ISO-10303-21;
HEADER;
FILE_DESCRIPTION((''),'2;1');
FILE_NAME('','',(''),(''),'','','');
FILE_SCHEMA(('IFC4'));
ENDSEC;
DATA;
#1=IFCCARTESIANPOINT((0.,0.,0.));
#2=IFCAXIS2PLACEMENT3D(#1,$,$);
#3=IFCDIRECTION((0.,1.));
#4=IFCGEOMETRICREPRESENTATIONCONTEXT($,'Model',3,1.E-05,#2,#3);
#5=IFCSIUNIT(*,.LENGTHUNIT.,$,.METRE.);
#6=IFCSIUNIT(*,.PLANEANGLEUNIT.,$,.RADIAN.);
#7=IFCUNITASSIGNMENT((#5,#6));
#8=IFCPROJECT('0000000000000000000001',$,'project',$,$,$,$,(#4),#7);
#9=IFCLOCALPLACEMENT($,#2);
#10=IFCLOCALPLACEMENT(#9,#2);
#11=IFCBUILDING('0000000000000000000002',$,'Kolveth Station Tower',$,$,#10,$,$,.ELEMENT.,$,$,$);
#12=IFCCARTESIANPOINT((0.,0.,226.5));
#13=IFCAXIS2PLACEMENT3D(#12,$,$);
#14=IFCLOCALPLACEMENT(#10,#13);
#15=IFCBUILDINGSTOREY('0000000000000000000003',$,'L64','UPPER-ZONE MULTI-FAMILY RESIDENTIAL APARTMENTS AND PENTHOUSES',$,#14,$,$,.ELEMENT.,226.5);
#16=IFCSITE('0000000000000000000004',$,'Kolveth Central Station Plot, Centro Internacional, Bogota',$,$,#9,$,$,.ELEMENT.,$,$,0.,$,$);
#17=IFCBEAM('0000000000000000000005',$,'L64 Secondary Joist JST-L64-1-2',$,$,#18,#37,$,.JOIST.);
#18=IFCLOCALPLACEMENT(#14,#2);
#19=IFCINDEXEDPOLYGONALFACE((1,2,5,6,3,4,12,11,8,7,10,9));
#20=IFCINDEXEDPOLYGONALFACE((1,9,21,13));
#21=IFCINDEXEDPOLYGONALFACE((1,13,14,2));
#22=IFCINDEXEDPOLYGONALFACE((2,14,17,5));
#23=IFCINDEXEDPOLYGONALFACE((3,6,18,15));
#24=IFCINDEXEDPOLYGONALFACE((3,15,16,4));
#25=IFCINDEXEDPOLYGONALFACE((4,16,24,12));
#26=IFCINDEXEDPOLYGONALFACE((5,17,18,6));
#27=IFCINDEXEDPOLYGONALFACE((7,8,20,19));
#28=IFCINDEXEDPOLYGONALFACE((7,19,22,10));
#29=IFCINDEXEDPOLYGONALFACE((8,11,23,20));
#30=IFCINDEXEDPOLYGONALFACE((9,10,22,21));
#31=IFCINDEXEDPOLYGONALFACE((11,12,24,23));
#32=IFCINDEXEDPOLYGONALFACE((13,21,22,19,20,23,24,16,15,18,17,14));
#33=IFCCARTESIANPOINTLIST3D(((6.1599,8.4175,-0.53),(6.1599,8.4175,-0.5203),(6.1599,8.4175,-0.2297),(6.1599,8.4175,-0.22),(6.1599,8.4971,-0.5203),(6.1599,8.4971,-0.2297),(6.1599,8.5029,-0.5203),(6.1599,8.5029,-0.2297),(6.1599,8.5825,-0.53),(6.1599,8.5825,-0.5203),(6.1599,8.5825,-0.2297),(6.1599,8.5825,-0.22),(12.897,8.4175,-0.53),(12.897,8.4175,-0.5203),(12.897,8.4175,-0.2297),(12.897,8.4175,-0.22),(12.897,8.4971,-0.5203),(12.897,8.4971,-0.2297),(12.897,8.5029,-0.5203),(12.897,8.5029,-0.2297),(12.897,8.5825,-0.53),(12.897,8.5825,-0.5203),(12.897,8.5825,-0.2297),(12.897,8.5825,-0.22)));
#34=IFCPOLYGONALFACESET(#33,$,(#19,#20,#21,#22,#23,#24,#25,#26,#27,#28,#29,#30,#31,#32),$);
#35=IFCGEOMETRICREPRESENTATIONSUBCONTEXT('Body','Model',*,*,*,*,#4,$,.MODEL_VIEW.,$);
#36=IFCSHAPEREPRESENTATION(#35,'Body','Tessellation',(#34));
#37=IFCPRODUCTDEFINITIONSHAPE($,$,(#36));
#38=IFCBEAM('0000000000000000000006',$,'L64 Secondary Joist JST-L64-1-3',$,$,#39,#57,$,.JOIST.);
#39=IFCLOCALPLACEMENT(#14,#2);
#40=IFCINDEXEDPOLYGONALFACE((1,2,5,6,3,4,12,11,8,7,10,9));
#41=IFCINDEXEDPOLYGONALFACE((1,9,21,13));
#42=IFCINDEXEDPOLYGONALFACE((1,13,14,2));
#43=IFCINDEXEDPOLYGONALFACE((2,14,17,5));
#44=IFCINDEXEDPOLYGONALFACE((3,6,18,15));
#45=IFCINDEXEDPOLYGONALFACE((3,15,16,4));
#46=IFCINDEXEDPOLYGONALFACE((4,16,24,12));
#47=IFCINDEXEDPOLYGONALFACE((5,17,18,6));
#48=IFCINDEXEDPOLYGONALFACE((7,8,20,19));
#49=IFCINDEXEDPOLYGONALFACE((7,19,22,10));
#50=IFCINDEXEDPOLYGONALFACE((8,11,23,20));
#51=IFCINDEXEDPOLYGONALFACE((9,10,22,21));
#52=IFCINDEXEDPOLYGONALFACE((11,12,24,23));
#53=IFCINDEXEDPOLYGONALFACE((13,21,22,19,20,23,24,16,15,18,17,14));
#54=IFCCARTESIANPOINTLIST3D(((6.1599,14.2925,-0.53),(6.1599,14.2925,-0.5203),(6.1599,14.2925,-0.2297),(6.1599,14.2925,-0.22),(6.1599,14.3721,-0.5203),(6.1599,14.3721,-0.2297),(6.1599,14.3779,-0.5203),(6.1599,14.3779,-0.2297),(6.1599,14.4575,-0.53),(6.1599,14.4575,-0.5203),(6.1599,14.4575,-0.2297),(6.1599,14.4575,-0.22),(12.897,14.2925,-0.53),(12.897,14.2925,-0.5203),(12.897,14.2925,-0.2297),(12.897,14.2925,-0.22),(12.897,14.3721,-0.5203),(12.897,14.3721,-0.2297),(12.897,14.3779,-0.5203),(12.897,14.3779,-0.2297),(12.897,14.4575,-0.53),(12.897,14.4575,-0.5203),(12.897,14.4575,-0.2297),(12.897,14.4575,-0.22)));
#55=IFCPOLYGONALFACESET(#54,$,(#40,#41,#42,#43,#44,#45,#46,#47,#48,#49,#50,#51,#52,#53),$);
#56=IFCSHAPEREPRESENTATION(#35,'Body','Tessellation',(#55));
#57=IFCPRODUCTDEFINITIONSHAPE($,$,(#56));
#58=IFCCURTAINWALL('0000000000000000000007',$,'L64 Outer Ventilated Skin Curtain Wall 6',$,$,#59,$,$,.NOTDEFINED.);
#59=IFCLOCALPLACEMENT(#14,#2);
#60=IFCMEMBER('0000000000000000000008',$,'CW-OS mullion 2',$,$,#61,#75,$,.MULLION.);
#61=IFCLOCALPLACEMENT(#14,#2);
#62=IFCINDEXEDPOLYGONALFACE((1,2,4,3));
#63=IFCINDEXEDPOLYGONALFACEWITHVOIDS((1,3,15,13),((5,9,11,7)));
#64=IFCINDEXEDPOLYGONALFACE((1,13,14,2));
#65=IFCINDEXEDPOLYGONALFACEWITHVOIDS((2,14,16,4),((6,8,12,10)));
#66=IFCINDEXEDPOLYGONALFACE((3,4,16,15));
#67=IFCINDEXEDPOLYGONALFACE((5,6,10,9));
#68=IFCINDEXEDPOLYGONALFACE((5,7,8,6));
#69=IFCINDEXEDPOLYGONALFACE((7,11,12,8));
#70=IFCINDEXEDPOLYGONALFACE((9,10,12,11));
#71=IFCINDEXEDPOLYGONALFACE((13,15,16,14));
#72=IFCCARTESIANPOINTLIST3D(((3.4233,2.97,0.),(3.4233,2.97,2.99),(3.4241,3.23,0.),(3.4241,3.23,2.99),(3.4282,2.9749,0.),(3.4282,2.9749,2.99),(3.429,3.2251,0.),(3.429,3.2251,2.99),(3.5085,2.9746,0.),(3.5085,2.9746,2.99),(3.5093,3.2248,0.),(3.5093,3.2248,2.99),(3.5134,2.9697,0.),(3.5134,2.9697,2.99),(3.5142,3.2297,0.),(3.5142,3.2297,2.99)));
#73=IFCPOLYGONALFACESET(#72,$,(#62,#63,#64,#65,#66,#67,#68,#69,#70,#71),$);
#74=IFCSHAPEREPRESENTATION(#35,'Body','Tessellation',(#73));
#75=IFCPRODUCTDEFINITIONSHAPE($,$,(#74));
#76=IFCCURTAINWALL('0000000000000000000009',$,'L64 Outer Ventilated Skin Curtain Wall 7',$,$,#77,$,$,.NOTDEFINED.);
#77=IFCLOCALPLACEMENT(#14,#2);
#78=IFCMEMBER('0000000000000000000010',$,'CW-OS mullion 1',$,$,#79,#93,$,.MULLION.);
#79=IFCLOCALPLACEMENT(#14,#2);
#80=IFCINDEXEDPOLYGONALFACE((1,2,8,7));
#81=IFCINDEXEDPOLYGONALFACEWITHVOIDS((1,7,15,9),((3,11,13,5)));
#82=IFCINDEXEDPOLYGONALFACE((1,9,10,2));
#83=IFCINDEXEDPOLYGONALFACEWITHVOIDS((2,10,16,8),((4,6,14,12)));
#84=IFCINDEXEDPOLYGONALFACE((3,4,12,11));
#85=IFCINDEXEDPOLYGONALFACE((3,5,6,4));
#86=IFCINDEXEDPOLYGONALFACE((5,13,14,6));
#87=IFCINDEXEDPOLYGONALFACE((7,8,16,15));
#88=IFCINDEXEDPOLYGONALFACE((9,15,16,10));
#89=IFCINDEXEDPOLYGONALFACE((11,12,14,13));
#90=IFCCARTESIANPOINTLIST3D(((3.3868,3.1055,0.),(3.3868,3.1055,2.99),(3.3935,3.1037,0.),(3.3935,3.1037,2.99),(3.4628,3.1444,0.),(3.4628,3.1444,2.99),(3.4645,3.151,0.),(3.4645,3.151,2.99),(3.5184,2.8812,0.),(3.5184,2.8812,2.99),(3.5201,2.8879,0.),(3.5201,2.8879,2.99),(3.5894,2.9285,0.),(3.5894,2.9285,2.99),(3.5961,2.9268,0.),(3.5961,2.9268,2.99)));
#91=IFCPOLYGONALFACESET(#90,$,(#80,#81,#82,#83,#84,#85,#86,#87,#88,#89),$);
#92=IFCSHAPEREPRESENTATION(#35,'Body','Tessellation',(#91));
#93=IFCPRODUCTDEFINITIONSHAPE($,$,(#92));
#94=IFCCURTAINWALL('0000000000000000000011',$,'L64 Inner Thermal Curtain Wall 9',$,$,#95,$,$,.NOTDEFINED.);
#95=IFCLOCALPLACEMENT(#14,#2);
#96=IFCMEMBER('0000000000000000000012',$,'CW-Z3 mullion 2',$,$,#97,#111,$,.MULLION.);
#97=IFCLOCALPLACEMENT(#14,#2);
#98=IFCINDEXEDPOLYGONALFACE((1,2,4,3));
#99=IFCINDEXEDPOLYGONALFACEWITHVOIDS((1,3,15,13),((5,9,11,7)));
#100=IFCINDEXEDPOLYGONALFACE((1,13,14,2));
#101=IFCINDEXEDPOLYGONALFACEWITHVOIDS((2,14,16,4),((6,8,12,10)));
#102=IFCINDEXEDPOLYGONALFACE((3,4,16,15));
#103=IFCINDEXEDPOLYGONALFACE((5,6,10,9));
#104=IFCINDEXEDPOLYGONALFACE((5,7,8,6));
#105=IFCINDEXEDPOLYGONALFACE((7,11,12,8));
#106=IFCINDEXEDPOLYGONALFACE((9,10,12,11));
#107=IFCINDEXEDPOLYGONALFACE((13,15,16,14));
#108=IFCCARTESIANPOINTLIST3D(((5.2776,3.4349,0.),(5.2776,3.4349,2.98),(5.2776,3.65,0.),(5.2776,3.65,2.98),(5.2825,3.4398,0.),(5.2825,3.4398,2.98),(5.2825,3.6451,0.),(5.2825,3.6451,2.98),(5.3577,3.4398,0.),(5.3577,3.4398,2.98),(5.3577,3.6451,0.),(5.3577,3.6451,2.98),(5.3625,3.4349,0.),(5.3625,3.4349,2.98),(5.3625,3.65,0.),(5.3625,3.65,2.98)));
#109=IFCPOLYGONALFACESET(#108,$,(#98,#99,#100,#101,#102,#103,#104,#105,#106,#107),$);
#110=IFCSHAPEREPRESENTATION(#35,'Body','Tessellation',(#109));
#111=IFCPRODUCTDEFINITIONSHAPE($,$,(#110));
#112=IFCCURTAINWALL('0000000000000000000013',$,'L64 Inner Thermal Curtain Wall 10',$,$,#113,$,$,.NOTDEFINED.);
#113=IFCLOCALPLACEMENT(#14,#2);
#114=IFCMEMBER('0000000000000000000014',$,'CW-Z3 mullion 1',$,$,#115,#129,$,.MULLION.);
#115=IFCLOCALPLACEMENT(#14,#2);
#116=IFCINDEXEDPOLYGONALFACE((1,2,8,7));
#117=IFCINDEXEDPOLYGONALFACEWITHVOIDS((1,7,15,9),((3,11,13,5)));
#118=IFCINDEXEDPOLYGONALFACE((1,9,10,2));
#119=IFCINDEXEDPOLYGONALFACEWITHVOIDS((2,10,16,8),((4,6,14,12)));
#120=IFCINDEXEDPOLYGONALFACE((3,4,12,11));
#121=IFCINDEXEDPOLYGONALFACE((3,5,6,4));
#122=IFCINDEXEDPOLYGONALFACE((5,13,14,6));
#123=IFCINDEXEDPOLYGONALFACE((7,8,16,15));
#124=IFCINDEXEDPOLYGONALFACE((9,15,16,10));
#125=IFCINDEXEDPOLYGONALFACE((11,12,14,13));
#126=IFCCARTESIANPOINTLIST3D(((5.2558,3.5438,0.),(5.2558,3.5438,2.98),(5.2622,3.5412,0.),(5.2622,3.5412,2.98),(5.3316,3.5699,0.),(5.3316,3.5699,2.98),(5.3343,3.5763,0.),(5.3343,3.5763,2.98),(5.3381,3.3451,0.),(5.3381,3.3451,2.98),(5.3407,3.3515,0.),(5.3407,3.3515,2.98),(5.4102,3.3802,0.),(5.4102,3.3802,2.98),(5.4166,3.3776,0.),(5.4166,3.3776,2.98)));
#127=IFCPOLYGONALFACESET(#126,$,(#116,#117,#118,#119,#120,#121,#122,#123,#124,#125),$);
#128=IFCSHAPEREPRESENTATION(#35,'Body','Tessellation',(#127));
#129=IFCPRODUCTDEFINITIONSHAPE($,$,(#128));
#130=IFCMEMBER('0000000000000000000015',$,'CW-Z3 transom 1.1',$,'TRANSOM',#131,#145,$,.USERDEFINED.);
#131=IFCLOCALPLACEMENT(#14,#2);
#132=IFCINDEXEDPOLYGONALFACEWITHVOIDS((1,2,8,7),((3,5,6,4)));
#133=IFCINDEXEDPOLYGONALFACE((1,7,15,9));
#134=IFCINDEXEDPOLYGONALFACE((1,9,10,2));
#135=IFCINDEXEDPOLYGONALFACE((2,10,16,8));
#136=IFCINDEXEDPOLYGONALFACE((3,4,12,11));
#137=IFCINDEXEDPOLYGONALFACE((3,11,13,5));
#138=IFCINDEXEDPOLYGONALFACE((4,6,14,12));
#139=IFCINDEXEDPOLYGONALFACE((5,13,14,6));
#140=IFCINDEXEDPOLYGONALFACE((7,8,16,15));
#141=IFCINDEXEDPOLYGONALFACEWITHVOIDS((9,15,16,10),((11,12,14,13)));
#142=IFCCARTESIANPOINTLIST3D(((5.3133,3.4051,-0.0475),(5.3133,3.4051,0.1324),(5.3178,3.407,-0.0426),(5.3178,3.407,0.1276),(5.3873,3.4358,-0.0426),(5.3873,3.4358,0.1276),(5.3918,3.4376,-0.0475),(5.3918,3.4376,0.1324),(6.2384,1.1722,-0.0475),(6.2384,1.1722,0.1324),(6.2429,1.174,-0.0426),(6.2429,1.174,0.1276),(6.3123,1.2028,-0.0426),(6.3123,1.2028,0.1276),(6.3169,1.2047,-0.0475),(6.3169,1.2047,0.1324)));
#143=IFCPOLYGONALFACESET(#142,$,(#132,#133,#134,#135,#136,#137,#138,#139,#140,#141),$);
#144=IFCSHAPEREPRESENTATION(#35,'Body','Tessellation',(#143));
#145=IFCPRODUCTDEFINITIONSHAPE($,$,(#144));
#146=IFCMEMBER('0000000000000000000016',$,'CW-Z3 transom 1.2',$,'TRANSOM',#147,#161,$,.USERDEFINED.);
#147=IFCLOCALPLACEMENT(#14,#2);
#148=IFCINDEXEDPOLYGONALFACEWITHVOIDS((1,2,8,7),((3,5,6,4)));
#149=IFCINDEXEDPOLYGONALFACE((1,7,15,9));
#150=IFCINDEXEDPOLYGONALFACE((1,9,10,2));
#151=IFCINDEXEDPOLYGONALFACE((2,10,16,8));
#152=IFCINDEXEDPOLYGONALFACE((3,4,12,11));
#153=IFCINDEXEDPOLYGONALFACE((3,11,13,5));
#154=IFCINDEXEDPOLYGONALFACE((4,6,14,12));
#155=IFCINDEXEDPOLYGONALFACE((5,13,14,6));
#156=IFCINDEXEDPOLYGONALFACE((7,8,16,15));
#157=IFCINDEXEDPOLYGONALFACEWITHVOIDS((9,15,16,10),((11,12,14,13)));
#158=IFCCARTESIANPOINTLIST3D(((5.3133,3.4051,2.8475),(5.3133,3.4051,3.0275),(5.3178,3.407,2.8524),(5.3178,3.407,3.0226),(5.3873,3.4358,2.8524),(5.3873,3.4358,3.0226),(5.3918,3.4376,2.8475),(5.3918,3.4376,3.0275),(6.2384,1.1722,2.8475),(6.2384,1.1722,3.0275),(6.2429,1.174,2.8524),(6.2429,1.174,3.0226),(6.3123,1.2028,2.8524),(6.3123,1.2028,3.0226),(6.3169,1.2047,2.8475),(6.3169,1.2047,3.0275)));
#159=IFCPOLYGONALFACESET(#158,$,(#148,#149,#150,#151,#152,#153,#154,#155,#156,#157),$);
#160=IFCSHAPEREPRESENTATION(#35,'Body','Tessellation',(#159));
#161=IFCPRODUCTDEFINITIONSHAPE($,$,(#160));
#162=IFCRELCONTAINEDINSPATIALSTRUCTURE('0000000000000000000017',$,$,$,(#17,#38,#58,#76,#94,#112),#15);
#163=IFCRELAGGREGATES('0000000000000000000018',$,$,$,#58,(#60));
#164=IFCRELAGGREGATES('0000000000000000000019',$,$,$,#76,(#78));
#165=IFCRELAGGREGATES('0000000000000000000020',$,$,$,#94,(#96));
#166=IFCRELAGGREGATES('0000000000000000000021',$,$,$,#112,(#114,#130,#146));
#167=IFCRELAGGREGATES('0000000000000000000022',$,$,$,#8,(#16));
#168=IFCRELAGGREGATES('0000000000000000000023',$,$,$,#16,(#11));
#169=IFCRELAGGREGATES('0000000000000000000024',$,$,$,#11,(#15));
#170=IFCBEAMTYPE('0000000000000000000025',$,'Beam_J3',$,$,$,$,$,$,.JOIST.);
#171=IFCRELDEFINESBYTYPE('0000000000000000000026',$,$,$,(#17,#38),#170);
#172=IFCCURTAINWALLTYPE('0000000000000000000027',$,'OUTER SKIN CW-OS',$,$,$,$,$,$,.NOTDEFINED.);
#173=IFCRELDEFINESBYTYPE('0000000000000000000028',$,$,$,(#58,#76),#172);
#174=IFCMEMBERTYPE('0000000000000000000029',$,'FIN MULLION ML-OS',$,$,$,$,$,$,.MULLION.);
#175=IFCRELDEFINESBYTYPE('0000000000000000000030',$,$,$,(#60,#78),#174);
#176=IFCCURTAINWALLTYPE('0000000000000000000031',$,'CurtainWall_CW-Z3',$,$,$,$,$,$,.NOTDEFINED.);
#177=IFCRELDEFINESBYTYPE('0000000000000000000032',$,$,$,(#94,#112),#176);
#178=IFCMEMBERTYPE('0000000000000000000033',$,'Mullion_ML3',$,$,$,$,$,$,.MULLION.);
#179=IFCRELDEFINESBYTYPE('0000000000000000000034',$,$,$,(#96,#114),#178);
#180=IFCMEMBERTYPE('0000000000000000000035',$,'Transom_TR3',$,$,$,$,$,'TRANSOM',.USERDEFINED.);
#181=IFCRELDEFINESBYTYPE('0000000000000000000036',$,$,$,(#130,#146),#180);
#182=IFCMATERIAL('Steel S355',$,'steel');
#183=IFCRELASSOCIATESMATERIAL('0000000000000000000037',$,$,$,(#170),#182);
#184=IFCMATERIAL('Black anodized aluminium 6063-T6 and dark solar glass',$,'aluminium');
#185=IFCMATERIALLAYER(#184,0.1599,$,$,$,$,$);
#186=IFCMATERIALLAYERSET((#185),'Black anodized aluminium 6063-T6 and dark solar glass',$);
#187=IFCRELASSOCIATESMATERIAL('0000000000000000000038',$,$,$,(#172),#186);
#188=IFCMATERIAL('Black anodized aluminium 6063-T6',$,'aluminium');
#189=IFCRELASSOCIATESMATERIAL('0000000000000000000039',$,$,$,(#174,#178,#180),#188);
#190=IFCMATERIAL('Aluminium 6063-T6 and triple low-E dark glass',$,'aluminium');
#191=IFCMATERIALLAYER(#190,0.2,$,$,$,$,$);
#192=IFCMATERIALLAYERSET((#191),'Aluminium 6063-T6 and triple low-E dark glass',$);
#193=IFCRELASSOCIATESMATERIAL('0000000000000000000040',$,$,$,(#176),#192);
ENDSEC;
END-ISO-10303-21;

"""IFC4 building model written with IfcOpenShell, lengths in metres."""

from ifc_helpers import new_model, si_unit, direction, frame, origin, origin_2d, place, context, subcontext, project, spatial, hollow_rectangle, i_section, extrude, source, transform, mapped, material, layer, layer_set, material_profile, profile_set, type_object, element, aggregate, save


model = new_model("IFC4")

# Units and contexts
model_context = context("Model", 3, precision=1e-05, world=origin(), true_north=direction((0.0, 1.0)))
body_context = subcontext(model_context, "Body", "Model", "MODEL_VIEW")
ifc_project = project(units=[si_unit("LENGTHUNIT", "METRE"), si_unit("PLANEANGLEUNIT", "RADIAN")], contexts=[model_context])

# Site, building, storey
site_placement = place(None, origin())
site = spatial("IfcSite", under=ifc_project, at=site_placement, Name="Kolveth Central Station Plot, Centro Internacional, Bogota", CompositionType="ELEMENT", RefElevation=0.0)
building_placement = place(site_placement, origin())
building = spatial("IfcBuilding", under=site, at=building_placement, Name="Kolveth Station Tower", CompositionType="ELEMENT")
storey_placement = place(building_placement, frame((0.0, 0.0, 226.5)))
storey = spatial("IfcBuildingStorey", under=building, at=storey_placement, Name="L64", Description="UPPER-ZONE MULTI-FAMILY RESIDENTIAL APARTMENTS AND PENTHOUSES", CompositionType="ELEMENT", Elevation=226.5)

# Shared definitions
ifc_material_1 = material(Name="Steel S355", Category="steel")

# Beams
ifc_material_profile_1 = material_profile(ifc_material_1, i_section(OverallWidth=0.165, OverallDepth=0.3101, WebThickness=0.0059, FlangeThickness=0.0098, at=origin_2d()), Name="W310x39")
ifc_profile_set_1 = profile_set([ifc_material_profile_1], Name="Steel S355")
beam_type_1 = type_object("IfcBeamType", Name="Beam_J3", PredefinedType="JOIST", material=ifc_profile_set_1)
shared_shape_1 = source(origin(), body_context, "Body", "SweptSolid", [
    extrude(i_section(OverallWidth=0.165, OverallDepth=0.3101, WebThickness=0.0059, FlangeThickness=0.0098, at=origin_2d()), origin(), (0.0, 0.0, 1.0), 6.7371),
])
for number, where, z_axis, x_axis, name in (
    (1, (6.1599, 8.5, -0.375), (1.0, 0.0, 0.0), (0.0, 1.0, 0.0), "L64 Secondary Joist JST-L64-1-2"),
    (2, (6.1599, 14.375, -0.375), (1.0, 0.0, 0.0), (0.0, 1.0, 0.0), "L64 Secondary Joist JST-L64-1-3"),
):
    element("IfcBeam", number, at=place(storey_placement, frame(where, z_axis=z_axis, x_axis=x_axis)), inside=storey, type_object=beam_type_1, Name=name, PredefinedType="JOIST", context=body_context, shape_type="MappedRepresentation", body=[
        mapped(shared_shape_1, transform((0.0, 0.0, 0.0), x_axis=(1.0, 0.0, 0.0), y_axis=(0.0, 1.0, 0.0), z_axis=(0.0, 0.0, 1.0), scale=1.0)),
    ])

# Curtain walls, members
ifc_material_2 = material(Name="Black anodized aluminium 6063-T6 and dark solar glass", Category="aluminium")
ifc_layer_1 = layer(ifc_material_2, 0.1599)
ifc_layer_set_1 = layer_set([ifc_layer_1], Name="Black anodized aluminium 6063-T6 and dark solar glass")
curtain_wall_type_1 = type_object("IfcCurtainWallType", Name="OUTER SKIN CW-OS", PredefinedType="NOTDEFINED", material=ifc_layer_set_1)
curtain_wall_1_placement = place(storey_placement, origin())
curtain_wall_1 = element("IfcCurtainWall", 3, at=curtain_wall_1_placement, inside=storey, type_object=curtain_wall_type_1, Name="L64 Outer Ventilated Skin Curtain Wall 6", PredefinedType="NOTDEFINED")
ifc_material_3 = material(Name="Black anodized aluminium 6063-T6", Category="aluminium")
ifc_material_profile_2 = material_profile(ifc_material_3, hollow_rectangle(XDim=0.0901, YDim=0.26, WallThickness=0.0049, at=origin_2d()), Name="ALU-90x260x5")
ifc_profile_set_2 = profile_set([ifc_material_profile_2], Name="Black anodized aluminium 6063-T6")
member_type_1 = type_object("IfcMemberType", Name="FIN MULLION ML-OS", PredefinedType="MULLION", material=ifc_profile_set_2)
shared_shape_2 = source(origin(), body_context, "Body", "SweptSolid", [
    extrude(hollow_rectangle(XDim=0.0901, YDim=0.26, WallThickness=0.0049, at=origin_2d()), origin(), (0.0, 0.0, 1.0), 2.99),
])
member_1_placement = place(storey_placement, frame((3.4688, 3.0999, 0.0), z_axis=(0.0, 0.0, 1.0), x_axis=(0.999995, -0.003135, 0.0)))
member_1 = element("IfcMember", 4, at=member_1_placement, type_object=member_type_1, Name="CW-OS mullion 2", PredefinedType="MULLION", context=body_context, shape_type="MappedRepresentation", body=[
    mapped(shared_shape_2, transform((0.0, 0.0, 0.0), x_axis=(1.0, 0.0, 0.0), y_axis=(0.0, 1.0, 0.0), z_axis=(0.0, 0.0, 1.0), scale=1.0)),
])
aggregate(curtain_wall_1, [member_1])
curtain_wall_2_placement = place(storey_placement, origin())
curtain_wall_2 = element("IfcCurtainWall", 5, at=curtain_wall_2_placement, inside=storey, type_object=curtain_wall_type_1, Name="L64 Outer Ventilated Skin Curtain Wall 7", PredefinedType="NOTDEFINED")
member_2_placement = place(storey_placement, frame((3.4915, 3.0161, 0.0), z_axis=(0.0, 0.0, 1.0), x_axis=(0.862562, 0.505952, 0.0)))
member_2 = element("IfcMember", 6, at=member_2_placement, type_object=member_type_1, Name="CW-OS mullion 1", PredefinedType="MULLION", context=body_context, shape_type="MappedRepresentation", body=[
    mapped(shared_shape_2, transform((0.0, 0.0, 0.0), x_axis=(1.0, 0.0, 0.0), y_axis=(0.0, 1.0, 0.0), z_axis=(0.0, 0.0, 1.0), scale=1.0)),
])
aggregate(curtain_wall_2, [member_2])
ifc_material_4 = material(Name="Aluminium 6063-T6 and triple low-E dark glass", Category="aluminium")
ifc_layer_2 = layer(ifc_material_4, 0.2)
ifc_layer_set_2 = layer_set([ifc_layer_2], Name="Aluminium 6063-T6 and triple low-E dark glass")
curtain_wall_type_2 = type_object("IfcCurtainWallType", Name="CurtainWall_CW-Z3", PredefinedType="NOTDEFINED", material=ifc_layer_set_2)
curtain_wall_3_placement = place(storey_placement, origin())
curtain_wall_3 = element("IfcCurtainWall", 7, at=curtain_wall_3_placement, inside=storey, type_object=curtain_wall_type_2, Name="L64 Inner Thermal Curtain Wall 9", PredefinedType="NOTDEFINED")
ifc_material_profile_3 = material_profile(ifc_material_3, hollow_rectangle(XDim=0.085, YDim=0.2151, WallThickness=0.0049, at=origin_2d()), Name="ALU-85x215x5")
ifc_profile_set_3 = profile_set([ifc_material_profile_3], Name="Black anodized aluminium 6063-T6")
member_type_2 = type_object("IfcMemberType", Name="Mullion_ML3", PredefinedType="MULLION", material=ifc_profile_set_3)
shared_shape_3 = source(origin(), body_context, "Body", "SweptSolid", [
    extrude(hollow_rectangle(XDim=0.085, YDim=0.2151, WallThickness=0.0049, at=origin_2d()), origin(), (0.0, 0.0, 1.0), 2.98),
])
member_3_placement = place(storey_placement, frame((5.3201, 3.5425, 0.0), z_axis=(0.0, 0.0, 1.0), x_axis=(1.0, 0.0, 0.0)))
member_3 = element("IfcMember", 8, at=member_3_placement, type_object=member_type_2, Name="CW-Z3 mullion 2", PredefinedType="MULLION", context=body_context, shape_type="MappedRepresentation", body=[
    mapped(shared_shape_3, transform((0.0, 0.0, 0.0), x_axis=(1.0, 0.0, 0.0), y_axis=(0.0, 1.0, 0.0), z_axis=(0.0, 0.0, 1.0), scale=1.0)),
])
aggregate(curtain_wall_3, [member_3])

# Curtain wall, members
curtain_wall_4_placement = place(storey_placement, origin())
curtain_wall_4 = element("IfcCurtainWall", 9, at=curtain_wall_4_placement, inside=storey, type_object=curtain_wall_type_2, Name="L64 Inner Thermal Curtain Wall 10", PredefinedType="NOTDEFINED")
member_4_placement = place(storey_placement, frame((5.3362, 3.4607, 0.0), z_axis=(0.0, 0.0, 1.0), x_axis=(0.923875, 0.382693, 0.0)))
member_4 = element("IfcMember", 10, at=member_4_placement, type_object=member_type_2, Name="CW-Z3 mullion 1", PredefinedType="MULLION", context=body_context, shape_type="MappedRepresentation", body=[
    mapped(shared_shape_3, transform((0.0, 0.0, 0.0), x_axis=(1.0, 0.0, 0.0), y_axis=(0.0, 1.0, 0.0), z_axis=(0.0, 0.0, 1.0), scale=1.0)),
])
ifc_material_profile_4 = material_profile(ifc_material_3, hollow_rectangle(XDim=0.085, YDim=0.1799, WallThickness=0.0049, at=origin_2d()), Name="ALU-85x180x5")
ifc_profile_set_4 = profile_set([ifc_material_profile_4], Name="Black anodized aluminium 6063-T6")
member_type_3 = type_object("IfcMemberType", Name="Transom_TR3", ElementType="TRANSOM", PredefinedType="USERDEFINED", material=ifc_profile_set_4)
shared_shape_4 = source(origin(), body_context, "Body", "SweptSolid", [
    extrude(hollow_rectangle(XDim=0.085, YDim=0.1799, WallThickness=0.0049, at=origin_2d()), origin(), (0.0, 0.0, 1.0), 2.417),
])
member_5_placement = place(storey_placement, frame((5.3525, 3.4214, 0.0425), z_axis=(0.382735, -0.923858, 0.0), x_axis=(0.923858, 0.382735, 0.0)))
member_5 = element("IfcMember", 11, at=member_5_placement, type_object=member_type_3, Name="CW-Z3 transom 1.1", ObjectType="TRANSOM", PredefinedType="USERDEFINED", context=body_context, shape_type="MappedRepresentation", body=[
    mapped(shared_shape_4, transform((0.0, 0.0, 0.0), x_axis=(1.0, 0.0, 0.0), y_axis=(0.0, 1.0, 0.0), z_axis=(0.0, 0.0, 1.0), scale=1.0)),
])
member_6_placement = place(storey_placement, frame((5.3525, 3.4214, 2.9375), z_axis=(0.382735, -0.923858, 0.0), x_axis=(0.923858, 0.382735, 0.0)))
member_6 = element("IfcMember", 12, at=member_6_placement, type_object=member_type_3, Name="CW-Z3 transom 1.2", ObjectType="TRANSOM", PredefinedType="USERDEFINED", context=body_context, shape_type="MappedRepresentation", body=[
    mapped(shared_shape_4, transform((0.0, 0.0, 0.0), x_axis=(1.0, 0.0, 0.0), y_axis=(0.0, 1.0, 0.0), z_axis=(0.0, 0.0, 1.0), scale=1.0)),
])
aggregate(curtain_wall_4, [member_4, member_5, member_6])

save(model, "model.ifc")
